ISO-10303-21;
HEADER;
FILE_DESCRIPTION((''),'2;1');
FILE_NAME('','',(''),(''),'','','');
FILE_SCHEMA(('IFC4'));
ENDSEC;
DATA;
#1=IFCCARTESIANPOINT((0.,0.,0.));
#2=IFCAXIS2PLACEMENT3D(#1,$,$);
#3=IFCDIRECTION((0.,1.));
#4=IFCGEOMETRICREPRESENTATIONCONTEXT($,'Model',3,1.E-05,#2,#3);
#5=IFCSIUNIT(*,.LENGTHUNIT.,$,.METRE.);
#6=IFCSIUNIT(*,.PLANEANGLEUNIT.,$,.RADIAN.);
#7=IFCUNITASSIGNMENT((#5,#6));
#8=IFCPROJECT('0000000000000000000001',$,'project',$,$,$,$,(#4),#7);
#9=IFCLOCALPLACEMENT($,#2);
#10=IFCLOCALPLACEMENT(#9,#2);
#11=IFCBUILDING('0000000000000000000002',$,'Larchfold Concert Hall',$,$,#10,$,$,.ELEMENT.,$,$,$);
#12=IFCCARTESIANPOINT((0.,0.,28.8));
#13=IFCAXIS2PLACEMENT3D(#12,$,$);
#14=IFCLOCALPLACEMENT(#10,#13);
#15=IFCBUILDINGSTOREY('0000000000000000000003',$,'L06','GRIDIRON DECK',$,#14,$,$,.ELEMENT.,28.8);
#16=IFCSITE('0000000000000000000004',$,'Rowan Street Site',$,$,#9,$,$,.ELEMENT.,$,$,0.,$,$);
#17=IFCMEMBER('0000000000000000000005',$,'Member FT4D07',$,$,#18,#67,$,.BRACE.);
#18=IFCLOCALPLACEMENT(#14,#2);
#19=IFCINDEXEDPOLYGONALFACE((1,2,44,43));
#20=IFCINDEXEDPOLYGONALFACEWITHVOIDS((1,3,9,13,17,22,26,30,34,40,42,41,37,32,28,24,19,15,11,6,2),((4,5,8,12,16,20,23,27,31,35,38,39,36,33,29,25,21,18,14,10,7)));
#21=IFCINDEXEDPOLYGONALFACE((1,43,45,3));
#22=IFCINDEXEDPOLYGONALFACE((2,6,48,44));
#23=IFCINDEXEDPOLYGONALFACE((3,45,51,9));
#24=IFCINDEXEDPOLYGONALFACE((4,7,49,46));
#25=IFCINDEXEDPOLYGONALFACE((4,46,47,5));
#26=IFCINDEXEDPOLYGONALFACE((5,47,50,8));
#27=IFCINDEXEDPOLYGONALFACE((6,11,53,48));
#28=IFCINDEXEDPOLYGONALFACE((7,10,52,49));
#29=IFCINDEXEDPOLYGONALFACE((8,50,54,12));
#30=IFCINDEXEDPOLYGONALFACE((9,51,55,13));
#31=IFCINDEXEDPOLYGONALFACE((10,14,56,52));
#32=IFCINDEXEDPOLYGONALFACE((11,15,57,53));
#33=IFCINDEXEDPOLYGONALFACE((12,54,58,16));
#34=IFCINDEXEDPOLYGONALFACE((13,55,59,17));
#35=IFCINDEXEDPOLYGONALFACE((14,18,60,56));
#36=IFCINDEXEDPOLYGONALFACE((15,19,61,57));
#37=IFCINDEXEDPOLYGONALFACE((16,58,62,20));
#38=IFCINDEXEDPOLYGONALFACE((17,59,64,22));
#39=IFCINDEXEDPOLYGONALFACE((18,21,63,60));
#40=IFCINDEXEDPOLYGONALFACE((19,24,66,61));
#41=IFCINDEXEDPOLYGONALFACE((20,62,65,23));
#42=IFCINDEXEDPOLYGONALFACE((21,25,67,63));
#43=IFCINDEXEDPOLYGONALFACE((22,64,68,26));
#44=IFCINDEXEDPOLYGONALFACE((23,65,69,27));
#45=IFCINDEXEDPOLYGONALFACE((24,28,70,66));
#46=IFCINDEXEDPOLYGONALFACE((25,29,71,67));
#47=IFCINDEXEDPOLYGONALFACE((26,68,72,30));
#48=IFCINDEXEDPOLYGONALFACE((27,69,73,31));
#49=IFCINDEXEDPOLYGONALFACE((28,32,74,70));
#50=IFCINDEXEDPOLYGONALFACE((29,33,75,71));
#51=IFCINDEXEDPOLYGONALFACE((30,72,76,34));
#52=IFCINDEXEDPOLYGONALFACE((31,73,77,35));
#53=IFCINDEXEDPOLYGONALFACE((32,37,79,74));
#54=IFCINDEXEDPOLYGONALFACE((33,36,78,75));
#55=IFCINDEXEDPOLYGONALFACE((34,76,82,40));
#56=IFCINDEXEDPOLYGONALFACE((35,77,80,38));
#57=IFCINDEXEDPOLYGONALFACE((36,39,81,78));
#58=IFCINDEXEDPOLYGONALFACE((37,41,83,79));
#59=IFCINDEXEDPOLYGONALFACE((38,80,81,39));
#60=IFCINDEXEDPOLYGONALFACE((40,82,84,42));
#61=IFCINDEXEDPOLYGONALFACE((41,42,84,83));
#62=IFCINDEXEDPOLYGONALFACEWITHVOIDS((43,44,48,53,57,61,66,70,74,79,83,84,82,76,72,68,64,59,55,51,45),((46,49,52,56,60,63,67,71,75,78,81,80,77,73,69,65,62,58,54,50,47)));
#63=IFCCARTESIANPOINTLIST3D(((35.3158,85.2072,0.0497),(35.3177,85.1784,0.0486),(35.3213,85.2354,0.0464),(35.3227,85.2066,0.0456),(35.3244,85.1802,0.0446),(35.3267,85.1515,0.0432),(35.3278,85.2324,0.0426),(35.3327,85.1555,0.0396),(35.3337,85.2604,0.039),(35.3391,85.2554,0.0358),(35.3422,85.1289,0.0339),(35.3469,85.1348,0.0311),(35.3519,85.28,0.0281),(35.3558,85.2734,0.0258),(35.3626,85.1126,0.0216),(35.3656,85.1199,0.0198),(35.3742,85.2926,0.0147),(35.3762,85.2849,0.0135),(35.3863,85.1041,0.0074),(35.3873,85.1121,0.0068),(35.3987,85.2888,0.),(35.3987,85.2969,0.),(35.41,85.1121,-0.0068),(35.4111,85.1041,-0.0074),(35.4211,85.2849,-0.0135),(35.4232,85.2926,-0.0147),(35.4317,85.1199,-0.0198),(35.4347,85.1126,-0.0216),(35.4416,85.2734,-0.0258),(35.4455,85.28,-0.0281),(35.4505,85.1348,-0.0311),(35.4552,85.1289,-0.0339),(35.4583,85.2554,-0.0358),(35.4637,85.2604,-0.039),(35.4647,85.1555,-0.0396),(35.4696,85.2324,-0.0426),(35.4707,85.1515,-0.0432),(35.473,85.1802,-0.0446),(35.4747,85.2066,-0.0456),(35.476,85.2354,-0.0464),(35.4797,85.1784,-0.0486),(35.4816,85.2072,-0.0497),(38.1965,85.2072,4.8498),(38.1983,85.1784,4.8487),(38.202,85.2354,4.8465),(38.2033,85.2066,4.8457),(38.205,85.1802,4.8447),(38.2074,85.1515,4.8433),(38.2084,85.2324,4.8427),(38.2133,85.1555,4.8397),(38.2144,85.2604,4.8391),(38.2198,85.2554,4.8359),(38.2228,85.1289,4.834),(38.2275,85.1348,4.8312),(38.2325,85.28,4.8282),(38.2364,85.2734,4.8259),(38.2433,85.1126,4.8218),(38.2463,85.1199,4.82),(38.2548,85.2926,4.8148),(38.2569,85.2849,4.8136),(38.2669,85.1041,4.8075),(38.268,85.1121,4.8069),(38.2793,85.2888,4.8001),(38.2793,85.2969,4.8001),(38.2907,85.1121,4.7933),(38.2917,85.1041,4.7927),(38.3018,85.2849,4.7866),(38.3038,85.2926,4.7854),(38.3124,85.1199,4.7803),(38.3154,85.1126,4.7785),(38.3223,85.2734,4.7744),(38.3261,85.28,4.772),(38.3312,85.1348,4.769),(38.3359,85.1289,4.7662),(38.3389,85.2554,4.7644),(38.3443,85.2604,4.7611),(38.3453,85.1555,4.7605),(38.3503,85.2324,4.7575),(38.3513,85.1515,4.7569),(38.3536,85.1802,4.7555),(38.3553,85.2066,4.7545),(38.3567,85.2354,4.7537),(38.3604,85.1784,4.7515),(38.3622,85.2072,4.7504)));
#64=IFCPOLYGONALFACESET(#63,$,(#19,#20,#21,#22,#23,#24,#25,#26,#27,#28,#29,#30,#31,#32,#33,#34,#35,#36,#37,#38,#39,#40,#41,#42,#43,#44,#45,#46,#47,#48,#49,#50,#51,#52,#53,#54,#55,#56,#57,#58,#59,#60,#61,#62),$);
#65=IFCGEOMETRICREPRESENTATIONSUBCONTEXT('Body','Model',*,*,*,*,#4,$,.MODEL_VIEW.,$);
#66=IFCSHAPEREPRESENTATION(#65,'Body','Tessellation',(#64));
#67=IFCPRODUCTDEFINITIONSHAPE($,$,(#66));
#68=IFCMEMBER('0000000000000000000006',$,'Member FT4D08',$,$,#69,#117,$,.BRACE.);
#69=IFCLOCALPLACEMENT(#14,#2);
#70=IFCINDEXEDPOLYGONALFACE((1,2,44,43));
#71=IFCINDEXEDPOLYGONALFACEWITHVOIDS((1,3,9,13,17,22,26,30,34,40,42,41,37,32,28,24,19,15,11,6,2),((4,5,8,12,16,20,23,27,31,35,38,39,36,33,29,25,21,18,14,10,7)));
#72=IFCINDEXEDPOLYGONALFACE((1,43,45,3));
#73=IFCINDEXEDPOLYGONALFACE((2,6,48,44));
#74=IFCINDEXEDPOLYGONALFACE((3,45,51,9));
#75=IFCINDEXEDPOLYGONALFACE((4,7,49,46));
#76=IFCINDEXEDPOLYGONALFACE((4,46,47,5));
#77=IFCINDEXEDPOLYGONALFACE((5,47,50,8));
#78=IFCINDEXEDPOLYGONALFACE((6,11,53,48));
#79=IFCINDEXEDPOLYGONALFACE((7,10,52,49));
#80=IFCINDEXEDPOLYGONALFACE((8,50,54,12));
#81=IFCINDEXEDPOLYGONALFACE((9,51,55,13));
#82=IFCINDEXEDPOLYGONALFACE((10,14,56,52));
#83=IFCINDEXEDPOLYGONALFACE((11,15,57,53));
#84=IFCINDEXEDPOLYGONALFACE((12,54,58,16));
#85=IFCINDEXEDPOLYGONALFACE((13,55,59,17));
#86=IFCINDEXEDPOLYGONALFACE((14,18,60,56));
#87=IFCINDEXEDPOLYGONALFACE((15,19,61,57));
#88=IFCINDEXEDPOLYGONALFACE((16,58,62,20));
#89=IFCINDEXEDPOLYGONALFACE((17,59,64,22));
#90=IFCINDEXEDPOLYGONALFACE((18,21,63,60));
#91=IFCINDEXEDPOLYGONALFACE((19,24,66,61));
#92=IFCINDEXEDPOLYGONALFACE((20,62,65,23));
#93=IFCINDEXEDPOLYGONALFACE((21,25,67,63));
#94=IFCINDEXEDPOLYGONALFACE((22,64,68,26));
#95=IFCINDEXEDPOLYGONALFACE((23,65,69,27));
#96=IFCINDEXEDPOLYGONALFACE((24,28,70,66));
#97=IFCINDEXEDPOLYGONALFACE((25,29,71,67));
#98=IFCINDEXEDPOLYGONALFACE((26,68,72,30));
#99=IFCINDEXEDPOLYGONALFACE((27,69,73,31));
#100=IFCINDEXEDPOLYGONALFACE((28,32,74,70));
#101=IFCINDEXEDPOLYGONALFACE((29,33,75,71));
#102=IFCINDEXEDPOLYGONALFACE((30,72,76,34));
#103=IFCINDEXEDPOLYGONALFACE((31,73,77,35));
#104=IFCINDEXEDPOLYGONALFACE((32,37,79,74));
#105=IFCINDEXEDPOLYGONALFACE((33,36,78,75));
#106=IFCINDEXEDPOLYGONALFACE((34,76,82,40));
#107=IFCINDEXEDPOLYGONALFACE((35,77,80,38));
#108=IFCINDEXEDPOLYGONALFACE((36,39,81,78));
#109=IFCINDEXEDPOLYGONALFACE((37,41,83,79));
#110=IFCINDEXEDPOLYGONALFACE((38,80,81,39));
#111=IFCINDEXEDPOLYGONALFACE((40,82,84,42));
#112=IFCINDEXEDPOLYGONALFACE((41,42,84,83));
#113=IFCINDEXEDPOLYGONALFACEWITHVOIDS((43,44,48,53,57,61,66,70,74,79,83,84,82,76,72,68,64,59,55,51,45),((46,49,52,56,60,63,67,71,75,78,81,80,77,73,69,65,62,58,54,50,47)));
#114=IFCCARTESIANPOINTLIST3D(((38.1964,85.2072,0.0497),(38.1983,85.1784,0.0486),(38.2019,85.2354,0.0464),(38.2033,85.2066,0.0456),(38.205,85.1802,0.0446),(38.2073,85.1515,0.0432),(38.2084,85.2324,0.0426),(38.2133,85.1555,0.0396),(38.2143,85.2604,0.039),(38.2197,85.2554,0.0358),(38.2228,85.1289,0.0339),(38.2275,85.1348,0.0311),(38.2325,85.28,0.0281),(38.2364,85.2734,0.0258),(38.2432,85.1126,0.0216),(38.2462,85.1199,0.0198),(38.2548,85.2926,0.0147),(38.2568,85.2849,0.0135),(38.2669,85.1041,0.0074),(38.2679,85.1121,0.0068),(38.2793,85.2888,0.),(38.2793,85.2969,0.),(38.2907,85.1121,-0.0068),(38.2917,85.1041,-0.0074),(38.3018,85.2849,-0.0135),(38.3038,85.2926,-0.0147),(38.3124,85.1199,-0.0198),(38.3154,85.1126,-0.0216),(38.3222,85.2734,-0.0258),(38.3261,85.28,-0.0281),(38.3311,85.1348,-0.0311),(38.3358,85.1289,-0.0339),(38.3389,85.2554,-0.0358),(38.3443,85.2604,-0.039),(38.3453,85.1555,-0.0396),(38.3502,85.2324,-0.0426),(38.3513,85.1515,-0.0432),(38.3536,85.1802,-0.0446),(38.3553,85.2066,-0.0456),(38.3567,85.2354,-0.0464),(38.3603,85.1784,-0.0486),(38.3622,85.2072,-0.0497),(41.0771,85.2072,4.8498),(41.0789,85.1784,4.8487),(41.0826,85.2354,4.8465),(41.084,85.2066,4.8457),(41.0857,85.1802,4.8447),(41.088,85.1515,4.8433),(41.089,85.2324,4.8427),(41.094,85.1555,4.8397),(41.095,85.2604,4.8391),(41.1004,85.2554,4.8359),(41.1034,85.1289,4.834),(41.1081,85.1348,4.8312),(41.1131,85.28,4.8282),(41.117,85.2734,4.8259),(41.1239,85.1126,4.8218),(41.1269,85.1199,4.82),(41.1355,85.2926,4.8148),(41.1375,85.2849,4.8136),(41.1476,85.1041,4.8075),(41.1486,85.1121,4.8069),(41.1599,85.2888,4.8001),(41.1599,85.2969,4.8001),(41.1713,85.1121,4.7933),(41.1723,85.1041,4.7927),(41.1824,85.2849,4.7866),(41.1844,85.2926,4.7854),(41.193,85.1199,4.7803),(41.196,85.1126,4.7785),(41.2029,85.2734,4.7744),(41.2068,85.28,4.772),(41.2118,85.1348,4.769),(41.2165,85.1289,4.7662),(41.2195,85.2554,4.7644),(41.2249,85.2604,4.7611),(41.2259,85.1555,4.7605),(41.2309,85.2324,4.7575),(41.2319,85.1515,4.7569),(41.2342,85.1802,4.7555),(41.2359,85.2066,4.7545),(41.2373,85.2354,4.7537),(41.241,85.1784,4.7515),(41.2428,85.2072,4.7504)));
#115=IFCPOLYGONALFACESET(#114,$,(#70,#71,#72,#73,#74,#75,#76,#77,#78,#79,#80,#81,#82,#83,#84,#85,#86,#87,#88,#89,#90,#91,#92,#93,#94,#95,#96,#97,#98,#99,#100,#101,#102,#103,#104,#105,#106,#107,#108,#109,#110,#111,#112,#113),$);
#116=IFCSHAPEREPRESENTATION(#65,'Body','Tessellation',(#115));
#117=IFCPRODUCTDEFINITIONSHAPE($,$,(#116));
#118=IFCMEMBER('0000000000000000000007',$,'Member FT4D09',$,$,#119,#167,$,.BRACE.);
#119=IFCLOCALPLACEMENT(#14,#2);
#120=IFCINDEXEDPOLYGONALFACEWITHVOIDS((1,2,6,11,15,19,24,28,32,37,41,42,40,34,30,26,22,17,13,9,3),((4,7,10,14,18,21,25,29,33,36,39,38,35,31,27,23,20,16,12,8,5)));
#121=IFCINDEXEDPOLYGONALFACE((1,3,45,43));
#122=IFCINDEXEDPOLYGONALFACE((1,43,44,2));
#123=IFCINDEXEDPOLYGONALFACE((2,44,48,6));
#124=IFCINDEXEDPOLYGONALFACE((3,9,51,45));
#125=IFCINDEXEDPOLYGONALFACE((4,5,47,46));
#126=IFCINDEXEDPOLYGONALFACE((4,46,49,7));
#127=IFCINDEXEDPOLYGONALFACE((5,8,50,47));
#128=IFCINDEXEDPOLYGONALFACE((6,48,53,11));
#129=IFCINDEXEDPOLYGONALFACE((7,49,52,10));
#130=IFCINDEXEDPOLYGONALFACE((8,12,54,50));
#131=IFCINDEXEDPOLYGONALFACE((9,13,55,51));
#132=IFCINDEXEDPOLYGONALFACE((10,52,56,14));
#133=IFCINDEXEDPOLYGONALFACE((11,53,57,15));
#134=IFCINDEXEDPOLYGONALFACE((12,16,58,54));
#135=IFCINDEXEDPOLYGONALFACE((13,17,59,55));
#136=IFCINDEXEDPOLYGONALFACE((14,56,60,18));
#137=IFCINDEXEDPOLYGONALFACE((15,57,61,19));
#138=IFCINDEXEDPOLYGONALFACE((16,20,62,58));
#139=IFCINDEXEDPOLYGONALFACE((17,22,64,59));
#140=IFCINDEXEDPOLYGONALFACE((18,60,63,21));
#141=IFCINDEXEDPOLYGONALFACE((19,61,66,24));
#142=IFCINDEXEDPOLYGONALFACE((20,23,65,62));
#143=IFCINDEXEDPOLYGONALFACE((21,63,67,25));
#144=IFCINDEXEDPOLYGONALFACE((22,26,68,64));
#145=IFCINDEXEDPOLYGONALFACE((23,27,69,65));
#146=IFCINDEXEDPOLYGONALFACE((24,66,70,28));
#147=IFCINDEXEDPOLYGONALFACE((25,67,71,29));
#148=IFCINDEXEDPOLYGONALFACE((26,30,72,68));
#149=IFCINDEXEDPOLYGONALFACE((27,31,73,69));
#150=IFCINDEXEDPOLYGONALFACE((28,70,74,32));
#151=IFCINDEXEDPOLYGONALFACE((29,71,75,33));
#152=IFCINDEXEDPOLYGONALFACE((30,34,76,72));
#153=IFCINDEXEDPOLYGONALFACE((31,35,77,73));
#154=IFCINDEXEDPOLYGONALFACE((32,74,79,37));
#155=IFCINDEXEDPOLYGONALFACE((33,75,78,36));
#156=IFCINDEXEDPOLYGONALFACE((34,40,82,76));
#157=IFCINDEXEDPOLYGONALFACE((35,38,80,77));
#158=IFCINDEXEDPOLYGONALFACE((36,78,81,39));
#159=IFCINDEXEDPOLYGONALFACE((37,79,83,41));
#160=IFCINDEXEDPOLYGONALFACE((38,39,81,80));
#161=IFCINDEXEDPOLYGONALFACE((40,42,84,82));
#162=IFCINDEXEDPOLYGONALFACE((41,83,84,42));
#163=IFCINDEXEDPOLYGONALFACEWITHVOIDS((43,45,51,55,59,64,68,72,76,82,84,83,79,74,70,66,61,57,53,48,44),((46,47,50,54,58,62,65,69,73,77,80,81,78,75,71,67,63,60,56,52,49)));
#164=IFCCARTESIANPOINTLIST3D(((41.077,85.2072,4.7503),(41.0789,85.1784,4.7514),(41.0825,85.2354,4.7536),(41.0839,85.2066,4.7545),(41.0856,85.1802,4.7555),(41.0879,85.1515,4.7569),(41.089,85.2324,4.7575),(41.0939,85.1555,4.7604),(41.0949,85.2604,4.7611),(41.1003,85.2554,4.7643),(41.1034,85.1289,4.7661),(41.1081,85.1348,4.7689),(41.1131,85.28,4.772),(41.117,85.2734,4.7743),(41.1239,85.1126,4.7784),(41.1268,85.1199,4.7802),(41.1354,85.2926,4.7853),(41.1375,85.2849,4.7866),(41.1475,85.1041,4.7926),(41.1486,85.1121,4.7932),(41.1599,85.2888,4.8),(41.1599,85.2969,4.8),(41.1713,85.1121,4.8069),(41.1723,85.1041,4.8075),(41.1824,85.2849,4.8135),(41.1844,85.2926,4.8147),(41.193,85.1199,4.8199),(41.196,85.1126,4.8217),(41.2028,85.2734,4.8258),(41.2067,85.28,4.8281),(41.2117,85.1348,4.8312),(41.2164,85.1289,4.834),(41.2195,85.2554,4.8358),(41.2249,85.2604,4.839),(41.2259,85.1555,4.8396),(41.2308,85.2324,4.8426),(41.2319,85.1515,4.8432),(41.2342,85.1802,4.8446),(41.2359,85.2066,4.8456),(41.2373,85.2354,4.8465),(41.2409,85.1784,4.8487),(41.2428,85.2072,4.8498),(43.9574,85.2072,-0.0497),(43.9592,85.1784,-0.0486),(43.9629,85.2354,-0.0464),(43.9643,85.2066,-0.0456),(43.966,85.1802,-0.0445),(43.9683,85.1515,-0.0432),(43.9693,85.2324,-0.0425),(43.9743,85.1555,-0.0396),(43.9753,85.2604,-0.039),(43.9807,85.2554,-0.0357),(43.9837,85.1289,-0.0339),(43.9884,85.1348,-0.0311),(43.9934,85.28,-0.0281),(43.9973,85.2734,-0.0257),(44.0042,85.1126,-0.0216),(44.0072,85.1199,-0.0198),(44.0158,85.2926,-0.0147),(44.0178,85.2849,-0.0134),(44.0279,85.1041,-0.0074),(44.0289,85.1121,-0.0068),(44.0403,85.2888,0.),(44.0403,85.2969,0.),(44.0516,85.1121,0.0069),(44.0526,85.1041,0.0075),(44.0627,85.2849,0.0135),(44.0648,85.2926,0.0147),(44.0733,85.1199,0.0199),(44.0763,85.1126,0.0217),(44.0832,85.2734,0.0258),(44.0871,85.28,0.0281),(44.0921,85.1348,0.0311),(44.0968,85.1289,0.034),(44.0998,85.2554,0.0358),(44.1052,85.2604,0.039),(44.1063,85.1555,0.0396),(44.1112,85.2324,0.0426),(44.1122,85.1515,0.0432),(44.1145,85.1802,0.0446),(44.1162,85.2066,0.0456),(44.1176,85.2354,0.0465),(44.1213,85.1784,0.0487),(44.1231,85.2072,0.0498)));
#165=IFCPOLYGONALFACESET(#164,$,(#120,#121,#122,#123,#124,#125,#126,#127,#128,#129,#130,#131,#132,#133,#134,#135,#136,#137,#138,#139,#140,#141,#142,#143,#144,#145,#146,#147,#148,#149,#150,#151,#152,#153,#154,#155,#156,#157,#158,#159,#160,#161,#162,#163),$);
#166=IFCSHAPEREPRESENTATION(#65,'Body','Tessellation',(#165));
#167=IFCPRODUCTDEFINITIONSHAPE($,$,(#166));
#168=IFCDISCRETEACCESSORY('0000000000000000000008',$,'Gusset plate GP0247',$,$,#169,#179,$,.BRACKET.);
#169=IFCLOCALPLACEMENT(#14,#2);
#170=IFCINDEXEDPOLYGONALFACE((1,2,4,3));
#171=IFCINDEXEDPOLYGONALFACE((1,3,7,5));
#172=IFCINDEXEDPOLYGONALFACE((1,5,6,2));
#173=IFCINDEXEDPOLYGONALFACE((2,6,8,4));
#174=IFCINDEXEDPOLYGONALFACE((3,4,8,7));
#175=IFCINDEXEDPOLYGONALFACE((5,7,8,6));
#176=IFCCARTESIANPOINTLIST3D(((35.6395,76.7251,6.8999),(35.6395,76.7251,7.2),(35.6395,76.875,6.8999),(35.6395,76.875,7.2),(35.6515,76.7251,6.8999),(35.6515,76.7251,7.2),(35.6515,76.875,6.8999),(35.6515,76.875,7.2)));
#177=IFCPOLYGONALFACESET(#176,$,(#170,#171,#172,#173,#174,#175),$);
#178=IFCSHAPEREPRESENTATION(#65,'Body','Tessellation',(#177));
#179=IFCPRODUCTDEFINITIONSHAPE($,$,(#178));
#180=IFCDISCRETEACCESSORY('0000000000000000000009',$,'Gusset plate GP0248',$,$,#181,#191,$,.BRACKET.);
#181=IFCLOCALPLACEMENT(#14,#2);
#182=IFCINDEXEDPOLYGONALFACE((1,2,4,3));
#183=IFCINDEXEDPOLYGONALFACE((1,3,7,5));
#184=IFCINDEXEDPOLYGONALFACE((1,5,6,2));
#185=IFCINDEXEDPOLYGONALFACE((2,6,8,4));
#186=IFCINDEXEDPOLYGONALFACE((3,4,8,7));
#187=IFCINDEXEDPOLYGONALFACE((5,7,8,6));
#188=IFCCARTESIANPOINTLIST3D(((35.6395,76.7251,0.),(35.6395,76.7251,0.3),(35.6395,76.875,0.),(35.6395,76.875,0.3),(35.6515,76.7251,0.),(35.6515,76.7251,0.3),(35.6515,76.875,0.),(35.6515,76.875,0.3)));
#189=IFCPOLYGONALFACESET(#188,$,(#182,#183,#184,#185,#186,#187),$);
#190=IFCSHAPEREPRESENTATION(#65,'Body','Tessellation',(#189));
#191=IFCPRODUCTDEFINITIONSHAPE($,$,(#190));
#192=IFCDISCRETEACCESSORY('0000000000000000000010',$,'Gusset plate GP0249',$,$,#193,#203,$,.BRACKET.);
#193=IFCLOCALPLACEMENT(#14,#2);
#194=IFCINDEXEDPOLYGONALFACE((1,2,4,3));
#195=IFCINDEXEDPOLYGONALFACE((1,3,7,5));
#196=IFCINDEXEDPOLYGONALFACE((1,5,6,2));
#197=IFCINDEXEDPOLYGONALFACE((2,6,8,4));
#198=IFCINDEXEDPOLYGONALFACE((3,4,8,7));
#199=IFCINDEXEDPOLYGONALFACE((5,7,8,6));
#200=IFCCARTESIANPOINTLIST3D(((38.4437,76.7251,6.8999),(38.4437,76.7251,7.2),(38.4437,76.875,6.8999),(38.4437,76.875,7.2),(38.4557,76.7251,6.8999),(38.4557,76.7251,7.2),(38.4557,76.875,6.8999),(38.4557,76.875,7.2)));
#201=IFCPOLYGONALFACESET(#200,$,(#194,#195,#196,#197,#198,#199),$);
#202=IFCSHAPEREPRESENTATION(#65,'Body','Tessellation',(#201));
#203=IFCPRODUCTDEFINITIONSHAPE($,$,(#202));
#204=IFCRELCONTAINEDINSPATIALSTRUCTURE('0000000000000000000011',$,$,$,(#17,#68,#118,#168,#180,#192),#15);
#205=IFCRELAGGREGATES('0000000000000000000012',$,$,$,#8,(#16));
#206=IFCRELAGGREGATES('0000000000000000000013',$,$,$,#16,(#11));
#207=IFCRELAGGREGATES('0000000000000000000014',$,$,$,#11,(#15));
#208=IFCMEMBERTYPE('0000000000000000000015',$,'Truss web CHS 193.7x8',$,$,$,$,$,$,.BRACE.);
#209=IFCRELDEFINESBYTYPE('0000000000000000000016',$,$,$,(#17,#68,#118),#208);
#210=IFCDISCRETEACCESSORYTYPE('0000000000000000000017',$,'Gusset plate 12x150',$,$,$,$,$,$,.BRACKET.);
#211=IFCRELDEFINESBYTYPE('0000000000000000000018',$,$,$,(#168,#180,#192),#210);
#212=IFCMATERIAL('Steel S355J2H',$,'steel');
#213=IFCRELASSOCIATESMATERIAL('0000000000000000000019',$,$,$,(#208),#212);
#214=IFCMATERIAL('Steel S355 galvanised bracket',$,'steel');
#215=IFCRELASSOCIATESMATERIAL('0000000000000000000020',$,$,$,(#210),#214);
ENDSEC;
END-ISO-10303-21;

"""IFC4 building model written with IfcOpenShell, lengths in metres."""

from ifc_helpers import new_model, si_unit, direction, frame, origin, origin_2d, place, context, subcontext, project, spatial, rectangle, hollow_circle, extrude, material, material_profile, profile_set, type_object, element, save


model = new_model("IFC4")

# Units and contexts
model_context = context("Model", 3, precision=1e-05, world=origin(), true_north=direction((0.0, 1.0)))
body_context = subcontext(model_context, "Body", "Model", "MODEL_VIEW")
ifc_project = project(units=[si_unit("LENGTHUNIT", "METRE"), si_unit("PLANEANGLEUNIT", "RADIAN")], contexts=[model_context])

# Site, building, storey
site_placement = place(None, origin())
site = spatial("IfcSite", under=ifc_project, at=site_placement, Name="Rowan Street Site", CompositionType="ELEMENT", RefElevation=0.0)
building_placement = place(site_placement, origin())
building = spatial("IfcBuilding", under=site, at=building_placement, Name="Larchfold Concert Hall", CompositionType="ELEMENT")
storey_placement = place(building_placement, frame((0.0, 0.0, 28.8)))
storey = spatial("IfcBuildingStorey", under=building, at=storey_placement, Name="L06", Description="GRIDIRON DECK", CompositionType="ELEMENT", Elevation=28.8)

# Members
ifc_material_1 = material(Name="Steel S355J2H", Category="steel")
ifc_material_profile_1 = material_profile(ifc_material_1, hollow_circle(Radius=0.0969, WallThickness=0.0081, at=origin_2d()))
ifc_profile_set_1 = profile_set([ifc_material_profile_1], Name="Steel S355J2H")
member_type_1 = type_object("IfcMemberType", Name="Truss web CHS 193.7x8", PredefinedType="BRACE", material=ifc_profile_set_1)
for number, where, z_axis, x_axis, name in (
    (1, (35.3987, 85.2, 0.0), (0.514573, 0.0, 0.857447), (0.0, 1.0, 0.0), "Member FT4D07"),
    (2, (38.2793, 85.2, 0.0), (0.514573, 0.0, 0.857447), (0.0, 1.0, 0.0), "Member FT4D08"),
):
    element("IfcMember", number, at=place(storey_placement, frame(where, z_axis=z_axis, x_axis=x_axis)), inside=storey, type_object=member_type_1, Name=name, PredefinedType="BRACE", context=body_context, shape_type="SweptSolid", body=[
        extrude(hollow_circle(Radius=0.0969, WallThickness=0.0081, at=origin_2d()), origin(), (0.0, 0.0, 1.0), 5.5981),
    ])
member_placement = place(storey_placement, frame((41.1599, 85.2, 4.8), z_axis=(0.514541, 0.0, -0.857466), x_axis=(0.0, 1.0, 0.0)))
element("IfcMember", 3, at=member_placement, inside=storey, type_object=member_type_1, Name="Member FT4D09", PredefinedType="BRACE", context=body_context, shape_type="SweptSolid", body=[
    extrude(hollow_circle(Radius=0.0969, WallThickness=0.0081, at=origin_2d()), origin(), (0.0, 0.0, 1.0), 5.5979),
])

# Discrete accessories
ifc_material_2 = material(Name="Steel S355 galvanised bracket", Category="steel")
ifc_material_profile_2 = material_profile(ifc_material_2, rectangle(XDim=0.012, YDim=0.1499, at=origin_2d()))
ifc_profile_set_2 = profile_set([ifc_material_profile_2], Name="Steel S355 galvanised bracket")
discrete_accessory_type_1 = type_object("IfcDiscreteAccessoryType", Name="Gusset plate 12x150", PredefinedType="BRACKET", material=ifc_profile_set_2)
for number, where, z_axis, x_axis, name in (
    (4, (35.6455, 76.8, 7.2), (0.0, 0.0, -1.0), (1.0, 0.0, 0.0), "Gusset plate GP0247"),
    (5, (35.6455, 76.8, 0.3), (0.0, 0.0, -1.0), (1.0, 0.0, 0.0), "Gusset plate GP0248"),
    (6, (38.4497, 76.8, 7.2), (0.0, 0.0, -1.0), (1.0, 0.0, 0.0), "Gusset plate GP0249"),
):
    element("IfcDiscreteAccessory", number, at=place(storey_placement, frame(where, z_axis=z_axis, x_axis=x_axis)), inside=storey, type_object=discrete_accessory_type_1, Name=name, PredefinedType="BRACKET", context=body_context, shape_type="SweptSolid", body=[
        extrude(rectangle(XDim=0.012, YDim=0.1499, at=origin_2d()), origin(), (0.0, 0.0, 1.0), 0.3),
    ])

save(model, "model.ifc")
